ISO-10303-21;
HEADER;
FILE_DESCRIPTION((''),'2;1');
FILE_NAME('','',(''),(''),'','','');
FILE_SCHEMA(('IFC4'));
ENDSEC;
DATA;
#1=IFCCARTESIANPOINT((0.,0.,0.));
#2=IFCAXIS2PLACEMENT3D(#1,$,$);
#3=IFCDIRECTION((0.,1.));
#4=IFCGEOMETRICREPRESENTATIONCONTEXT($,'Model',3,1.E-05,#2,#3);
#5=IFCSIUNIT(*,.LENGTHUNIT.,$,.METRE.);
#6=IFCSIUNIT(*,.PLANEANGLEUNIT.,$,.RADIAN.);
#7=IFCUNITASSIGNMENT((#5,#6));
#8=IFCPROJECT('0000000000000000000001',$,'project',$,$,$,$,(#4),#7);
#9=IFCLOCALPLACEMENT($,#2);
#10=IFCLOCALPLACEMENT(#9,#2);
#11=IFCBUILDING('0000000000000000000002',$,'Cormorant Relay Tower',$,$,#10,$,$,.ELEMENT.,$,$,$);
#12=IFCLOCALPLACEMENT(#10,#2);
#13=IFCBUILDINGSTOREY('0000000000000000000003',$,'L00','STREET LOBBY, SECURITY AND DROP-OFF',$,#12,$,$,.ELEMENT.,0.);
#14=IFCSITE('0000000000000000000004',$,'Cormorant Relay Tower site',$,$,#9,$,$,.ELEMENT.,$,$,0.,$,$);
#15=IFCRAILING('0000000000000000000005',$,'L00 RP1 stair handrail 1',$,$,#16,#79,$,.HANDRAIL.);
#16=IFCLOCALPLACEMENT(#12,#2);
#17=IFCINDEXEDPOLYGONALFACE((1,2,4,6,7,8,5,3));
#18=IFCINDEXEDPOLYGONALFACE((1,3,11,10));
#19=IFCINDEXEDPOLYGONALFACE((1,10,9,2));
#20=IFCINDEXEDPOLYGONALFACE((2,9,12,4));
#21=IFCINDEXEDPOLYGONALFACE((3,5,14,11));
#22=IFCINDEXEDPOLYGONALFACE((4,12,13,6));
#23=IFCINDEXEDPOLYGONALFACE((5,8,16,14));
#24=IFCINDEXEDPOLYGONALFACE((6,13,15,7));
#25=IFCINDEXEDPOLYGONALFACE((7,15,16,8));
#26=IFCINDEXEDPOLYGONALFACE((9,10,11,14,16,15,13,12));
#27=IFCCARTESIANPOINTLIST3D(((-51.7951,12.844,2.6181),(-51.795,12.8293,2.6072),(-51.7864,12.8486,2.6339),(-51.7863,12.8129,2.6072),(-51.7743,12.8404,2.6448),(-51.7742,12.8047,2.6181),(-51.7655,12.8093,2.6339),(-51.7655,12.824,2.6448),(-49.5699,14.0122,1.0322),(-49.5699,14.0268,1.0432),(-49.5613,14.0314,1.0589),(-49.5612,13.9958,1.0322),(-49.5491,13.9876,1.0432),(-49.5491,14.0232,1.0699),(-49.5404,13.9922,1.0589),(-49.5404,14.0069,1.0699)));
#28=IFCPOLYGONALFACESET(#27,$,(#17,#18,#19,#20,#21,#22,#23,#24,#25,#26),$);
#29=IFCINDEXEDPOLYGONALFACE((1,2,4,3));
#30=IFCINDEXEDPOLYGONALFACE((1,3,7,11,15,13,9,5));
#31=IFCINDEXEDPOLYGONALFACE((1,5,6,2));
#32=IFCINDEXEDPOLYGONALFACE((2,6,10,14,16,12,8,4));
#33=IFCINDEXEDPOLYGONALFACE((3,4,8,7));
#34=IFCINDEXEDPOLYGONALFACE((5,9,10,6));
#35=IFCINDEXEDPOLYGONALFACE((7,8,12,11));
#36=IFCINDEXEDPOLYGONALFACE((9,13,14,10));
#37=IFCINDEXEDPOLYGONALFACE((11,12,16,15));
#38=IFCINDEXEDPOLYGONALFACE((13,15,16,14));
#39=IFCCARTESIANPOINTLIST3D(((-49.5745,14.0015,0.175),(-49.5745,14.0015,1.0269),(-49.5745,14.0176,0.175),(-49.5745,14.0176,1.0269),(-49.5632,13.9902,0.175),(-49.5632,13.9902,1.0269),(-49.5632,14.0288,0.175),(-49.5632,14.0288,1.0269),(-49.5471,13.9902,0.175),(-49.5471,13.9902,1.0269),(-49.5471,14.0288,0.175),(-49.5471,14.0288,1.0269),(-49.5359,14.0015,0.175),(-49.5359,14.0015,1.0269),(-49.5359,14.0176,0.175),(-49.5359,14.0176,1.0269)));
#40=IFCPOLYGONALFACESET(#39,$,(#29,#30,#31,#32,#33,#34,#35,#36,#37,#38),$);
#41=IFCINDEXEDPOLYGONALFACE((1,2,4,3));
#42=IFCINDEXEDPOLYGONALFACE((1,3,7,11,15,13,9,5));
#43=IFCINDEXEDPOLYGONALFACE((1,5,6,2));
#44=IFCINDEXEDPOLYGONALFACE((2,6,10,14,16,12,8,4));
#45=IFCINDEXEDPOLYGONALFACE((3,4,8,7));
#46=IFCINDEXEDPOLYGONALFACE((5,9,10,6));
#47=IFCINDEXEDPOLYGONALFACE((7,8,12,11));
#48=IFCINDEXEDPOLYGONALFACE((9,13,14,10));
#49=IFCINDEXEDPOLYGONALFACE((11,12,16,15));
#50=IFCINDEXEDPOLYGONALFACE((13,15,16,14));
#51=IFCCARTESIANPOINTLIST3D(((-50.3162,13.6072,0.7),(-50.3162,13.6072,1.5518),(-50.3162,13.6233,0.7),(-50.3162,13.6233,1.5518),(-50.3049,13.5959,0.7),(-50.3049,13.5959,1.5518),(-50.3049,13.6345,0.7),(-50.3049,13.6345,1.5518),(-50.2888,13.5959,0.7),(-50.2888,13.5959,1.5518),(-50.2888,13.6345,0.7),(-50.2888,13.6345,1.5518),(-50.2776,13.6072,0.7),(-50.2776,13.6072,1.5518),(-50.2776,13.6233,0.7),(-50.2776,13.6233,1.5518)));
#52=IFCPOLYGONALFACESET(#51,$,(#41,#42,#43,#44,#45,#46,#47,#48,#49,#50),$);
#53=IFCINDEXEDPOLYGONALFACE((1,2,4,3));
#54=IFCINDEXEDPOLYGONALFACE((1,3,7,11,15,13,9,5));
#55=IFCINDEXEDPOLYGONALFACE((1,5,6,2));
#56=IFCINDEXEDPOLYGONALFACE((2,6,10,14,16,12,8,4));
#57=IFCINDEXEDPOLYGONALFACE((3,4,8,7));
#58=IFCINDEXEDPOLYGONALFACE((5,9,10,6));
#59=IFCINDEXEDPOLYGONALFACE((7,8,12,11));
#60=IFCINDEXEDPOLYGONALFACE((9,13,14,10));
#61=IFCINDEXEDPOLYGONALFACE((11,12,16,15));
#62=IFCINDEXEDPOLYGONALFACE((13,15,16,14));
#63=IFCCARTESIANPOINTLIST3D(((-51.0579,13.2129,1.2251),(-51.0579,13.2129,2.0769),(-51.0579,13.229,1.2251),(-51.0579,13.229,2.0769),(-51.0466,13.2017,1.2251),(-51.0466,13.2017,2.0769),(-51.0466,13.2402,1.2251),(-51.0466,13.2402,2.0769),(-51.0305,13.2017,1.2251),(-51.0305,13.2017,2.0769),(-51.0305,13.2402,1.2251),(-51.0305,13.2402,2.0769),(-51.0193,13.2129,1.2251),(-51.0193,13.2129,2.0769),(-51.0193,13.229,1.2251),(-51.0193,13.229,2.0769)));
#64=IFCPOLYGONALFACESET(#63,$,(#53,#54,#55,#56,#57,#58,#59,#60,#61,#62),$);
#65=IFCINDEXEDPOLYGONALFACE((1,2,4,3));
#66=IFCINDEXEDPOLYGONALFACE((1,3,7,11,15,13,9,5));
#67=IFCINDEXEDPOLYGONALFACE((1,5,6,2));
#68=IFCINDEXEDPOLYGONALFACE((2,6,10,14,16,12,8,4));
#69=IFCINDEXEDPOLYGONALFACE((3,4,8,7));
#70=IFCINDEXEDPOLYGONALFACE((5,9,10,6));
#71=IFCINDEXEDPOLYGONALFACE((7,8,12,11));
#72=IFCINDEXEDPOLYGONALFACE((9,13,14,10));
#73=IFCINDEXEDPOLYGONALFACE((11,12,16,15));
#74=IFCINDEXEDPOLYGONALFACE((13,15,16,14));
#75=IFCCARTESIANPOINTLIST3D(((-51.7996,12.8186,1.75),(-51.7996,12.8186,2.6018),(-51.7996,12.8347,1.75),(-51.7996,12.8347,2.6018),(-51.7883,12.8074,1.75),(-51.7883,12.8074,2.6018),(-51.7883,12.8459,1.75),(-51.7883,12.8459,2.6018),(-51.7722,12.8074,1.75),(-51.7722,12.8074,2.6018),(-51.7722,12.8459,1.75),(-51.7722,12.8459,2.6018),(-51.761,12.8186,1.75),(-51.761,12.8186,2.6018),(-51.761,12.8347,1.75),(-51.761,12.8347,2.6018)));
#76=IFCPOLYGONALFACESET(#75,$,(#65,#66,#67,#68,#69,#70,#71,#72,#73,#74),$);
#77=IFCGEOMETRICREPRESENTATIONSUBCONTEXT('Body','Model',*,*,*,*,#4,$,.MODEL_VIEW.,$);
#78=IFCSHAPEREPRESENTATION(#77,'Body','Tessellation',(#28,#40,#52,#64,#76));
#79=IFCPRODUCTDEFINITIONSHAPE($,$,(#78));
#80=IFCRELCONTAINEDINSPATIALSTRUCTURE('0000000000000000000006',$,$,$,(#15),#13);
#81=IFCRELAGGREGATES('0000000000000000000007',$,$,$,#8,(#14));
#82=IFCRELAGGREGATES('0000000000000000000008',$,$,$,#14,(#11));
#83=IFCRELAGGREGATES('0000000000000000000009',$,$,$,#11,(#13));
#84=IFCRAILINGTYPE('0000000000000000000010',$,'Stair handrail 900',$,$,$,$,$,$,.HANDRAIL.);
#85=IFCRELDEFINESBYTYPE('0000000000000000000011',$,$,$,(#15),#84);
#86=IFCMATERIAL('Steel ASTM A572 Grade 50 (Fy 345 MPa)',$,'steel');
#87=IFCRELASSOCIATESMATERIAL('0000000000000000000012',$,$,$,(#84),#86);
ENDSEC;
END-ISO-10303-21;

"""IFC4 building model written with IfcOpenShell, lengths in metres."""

from ifc_helpers import new_model, si_unit, direction, frame, origin, place, context, subcontext, project, spatial, polyline, outline, extrude, material, type_object, element, save


model = new_model("IFC4")

# Units and contexts
model_context = context("Model", 3, precision=1e-05, world=origin(), true_north=direction((0.0, 1.0)))
body_context = subcontext(model_context, "Body", "Model", "MODEL_VIEW")
ifc_project = project(units=[si_unit("LENGTHUNIT", "METRE"), si_unit("PLANEANGLEUNIT", "RADIAN")], contexts=[model_context])

# Site, building, storey
site_placement = place(None, origin())
site = spatial("IfcSite", under=ifc_project, at=site_placement, Name="Cormorant Relay Tower site", CompositionType="ELEMENT", RefElevation=0.0)
building_placement = place(site_placement, origin())
building = spatial("IfcBuilding", under=site, at=building_placement, Name="Cormorant Relay Tower", CompositionType="ELEMENT")
storey_placement = place(building_placement, origin())
storey = spatial("IfcBuildingStorey", under=building, at=storey_placement, Name="L00", Description="STREET LOBBY, SECURITY AND DROP-OFF", CompositionType="ELEMENT", Elevation=0.0)

# Railing
ifc_material_1 = material(Name="Steel ASTM A572 Grade 50 (Fy 345 MPa)", Category="steel")
railing_type_1 = type_object("IfcRailingType", Name="Stair handrail 900", PredefinedType="HANDRAIL", material=ifc_material_1)
railing_1_placement = place(storey_placement, frame((-49.5552, 14.0095, 0.175)))
element("IfcRailing", 1, at=railing_1_placement, inside=storey, type_object=railing_type_1, Name="L00 RP1 stair handrail 1", PredefinedType="HANDRAIL", context=body_context, shape_type="SweptSolid", body=[
    extrude(outline(polyline([(0.0222, 0.0093), (0.0093, 0.0222), (-0.0093, 0.0222), (-0.0222, 0.0093), (-0.0222, -0.0093), (-0.0093, -0.0222), (0.0093, -0.0222), (0.0222, -0.0093), (0.0222, 0.0093)])), frame((0.0, 0.0, 0.876), z_axis=(-0.748776, -0.398049, 0.529993), x_axis=(0.469396, -0.882988, 0.0)), (0.0, 0.0, 1.0), 2.9717),
    extrude(outline(polyline([(0.0193, 0.0081), (0.0081, 0.0193), (-0.0081, 0.0193), (-0.0193, 0.0081), (-0.0193, -0.0081), (-0.0081, -0.0193), (0.0081, -0.0193), (0.0193, -0.0081), (0.0193, 0.0081)])), origin(), (0.0, 0.0, 1.0), 0.8518),
    extrude(outline(polyline([(0.0193, 0.0081), (0.0081, 0.0193), (-0.0081, 0.0193), (-0.0193, 0.0081), (-0.0193, -0.0081), (-0.0081, -0.0193), (0.0081, -0.0193), (0.0193, -0.0081), (0.0193, 0.0081)])), frame((-0.7417, -0.3943, 0.5249)), (0.0, 0.0, 1.0), 0.8518),
    extrude(outline(polyline([(0.0193, 0.0081), (0.0081, 0.0193), (-0.0081, 0.0193), (-0.0193, 0.0081), (-0.0193, -0.0081), (-0.0081, -0.0193), (0.0081, -0.0193), (0.0193, -0.0081), (0.0193, 0.0081)])), frame((-1.4834, -0.7886, 1.05)), (0.0, 0.0, 1.0), 0.8518),
    extrude(outline(polyline([(0.0193, 0.0081), (0.0081, 0.0193), (-0.0081, 0.0193), (-0.0193, 0.0081), (-0.0193, -0.0081), (-0.0081, -0.0193), (0.0081, -0.0193), (0.0193, -0.0081), (0.0193, 0.0081)])), frame((-2.2251, -1.1829, 1.575)), (0.0, 0.0, 1.0), 0.8518),
])

save(model, "model.ifc")
